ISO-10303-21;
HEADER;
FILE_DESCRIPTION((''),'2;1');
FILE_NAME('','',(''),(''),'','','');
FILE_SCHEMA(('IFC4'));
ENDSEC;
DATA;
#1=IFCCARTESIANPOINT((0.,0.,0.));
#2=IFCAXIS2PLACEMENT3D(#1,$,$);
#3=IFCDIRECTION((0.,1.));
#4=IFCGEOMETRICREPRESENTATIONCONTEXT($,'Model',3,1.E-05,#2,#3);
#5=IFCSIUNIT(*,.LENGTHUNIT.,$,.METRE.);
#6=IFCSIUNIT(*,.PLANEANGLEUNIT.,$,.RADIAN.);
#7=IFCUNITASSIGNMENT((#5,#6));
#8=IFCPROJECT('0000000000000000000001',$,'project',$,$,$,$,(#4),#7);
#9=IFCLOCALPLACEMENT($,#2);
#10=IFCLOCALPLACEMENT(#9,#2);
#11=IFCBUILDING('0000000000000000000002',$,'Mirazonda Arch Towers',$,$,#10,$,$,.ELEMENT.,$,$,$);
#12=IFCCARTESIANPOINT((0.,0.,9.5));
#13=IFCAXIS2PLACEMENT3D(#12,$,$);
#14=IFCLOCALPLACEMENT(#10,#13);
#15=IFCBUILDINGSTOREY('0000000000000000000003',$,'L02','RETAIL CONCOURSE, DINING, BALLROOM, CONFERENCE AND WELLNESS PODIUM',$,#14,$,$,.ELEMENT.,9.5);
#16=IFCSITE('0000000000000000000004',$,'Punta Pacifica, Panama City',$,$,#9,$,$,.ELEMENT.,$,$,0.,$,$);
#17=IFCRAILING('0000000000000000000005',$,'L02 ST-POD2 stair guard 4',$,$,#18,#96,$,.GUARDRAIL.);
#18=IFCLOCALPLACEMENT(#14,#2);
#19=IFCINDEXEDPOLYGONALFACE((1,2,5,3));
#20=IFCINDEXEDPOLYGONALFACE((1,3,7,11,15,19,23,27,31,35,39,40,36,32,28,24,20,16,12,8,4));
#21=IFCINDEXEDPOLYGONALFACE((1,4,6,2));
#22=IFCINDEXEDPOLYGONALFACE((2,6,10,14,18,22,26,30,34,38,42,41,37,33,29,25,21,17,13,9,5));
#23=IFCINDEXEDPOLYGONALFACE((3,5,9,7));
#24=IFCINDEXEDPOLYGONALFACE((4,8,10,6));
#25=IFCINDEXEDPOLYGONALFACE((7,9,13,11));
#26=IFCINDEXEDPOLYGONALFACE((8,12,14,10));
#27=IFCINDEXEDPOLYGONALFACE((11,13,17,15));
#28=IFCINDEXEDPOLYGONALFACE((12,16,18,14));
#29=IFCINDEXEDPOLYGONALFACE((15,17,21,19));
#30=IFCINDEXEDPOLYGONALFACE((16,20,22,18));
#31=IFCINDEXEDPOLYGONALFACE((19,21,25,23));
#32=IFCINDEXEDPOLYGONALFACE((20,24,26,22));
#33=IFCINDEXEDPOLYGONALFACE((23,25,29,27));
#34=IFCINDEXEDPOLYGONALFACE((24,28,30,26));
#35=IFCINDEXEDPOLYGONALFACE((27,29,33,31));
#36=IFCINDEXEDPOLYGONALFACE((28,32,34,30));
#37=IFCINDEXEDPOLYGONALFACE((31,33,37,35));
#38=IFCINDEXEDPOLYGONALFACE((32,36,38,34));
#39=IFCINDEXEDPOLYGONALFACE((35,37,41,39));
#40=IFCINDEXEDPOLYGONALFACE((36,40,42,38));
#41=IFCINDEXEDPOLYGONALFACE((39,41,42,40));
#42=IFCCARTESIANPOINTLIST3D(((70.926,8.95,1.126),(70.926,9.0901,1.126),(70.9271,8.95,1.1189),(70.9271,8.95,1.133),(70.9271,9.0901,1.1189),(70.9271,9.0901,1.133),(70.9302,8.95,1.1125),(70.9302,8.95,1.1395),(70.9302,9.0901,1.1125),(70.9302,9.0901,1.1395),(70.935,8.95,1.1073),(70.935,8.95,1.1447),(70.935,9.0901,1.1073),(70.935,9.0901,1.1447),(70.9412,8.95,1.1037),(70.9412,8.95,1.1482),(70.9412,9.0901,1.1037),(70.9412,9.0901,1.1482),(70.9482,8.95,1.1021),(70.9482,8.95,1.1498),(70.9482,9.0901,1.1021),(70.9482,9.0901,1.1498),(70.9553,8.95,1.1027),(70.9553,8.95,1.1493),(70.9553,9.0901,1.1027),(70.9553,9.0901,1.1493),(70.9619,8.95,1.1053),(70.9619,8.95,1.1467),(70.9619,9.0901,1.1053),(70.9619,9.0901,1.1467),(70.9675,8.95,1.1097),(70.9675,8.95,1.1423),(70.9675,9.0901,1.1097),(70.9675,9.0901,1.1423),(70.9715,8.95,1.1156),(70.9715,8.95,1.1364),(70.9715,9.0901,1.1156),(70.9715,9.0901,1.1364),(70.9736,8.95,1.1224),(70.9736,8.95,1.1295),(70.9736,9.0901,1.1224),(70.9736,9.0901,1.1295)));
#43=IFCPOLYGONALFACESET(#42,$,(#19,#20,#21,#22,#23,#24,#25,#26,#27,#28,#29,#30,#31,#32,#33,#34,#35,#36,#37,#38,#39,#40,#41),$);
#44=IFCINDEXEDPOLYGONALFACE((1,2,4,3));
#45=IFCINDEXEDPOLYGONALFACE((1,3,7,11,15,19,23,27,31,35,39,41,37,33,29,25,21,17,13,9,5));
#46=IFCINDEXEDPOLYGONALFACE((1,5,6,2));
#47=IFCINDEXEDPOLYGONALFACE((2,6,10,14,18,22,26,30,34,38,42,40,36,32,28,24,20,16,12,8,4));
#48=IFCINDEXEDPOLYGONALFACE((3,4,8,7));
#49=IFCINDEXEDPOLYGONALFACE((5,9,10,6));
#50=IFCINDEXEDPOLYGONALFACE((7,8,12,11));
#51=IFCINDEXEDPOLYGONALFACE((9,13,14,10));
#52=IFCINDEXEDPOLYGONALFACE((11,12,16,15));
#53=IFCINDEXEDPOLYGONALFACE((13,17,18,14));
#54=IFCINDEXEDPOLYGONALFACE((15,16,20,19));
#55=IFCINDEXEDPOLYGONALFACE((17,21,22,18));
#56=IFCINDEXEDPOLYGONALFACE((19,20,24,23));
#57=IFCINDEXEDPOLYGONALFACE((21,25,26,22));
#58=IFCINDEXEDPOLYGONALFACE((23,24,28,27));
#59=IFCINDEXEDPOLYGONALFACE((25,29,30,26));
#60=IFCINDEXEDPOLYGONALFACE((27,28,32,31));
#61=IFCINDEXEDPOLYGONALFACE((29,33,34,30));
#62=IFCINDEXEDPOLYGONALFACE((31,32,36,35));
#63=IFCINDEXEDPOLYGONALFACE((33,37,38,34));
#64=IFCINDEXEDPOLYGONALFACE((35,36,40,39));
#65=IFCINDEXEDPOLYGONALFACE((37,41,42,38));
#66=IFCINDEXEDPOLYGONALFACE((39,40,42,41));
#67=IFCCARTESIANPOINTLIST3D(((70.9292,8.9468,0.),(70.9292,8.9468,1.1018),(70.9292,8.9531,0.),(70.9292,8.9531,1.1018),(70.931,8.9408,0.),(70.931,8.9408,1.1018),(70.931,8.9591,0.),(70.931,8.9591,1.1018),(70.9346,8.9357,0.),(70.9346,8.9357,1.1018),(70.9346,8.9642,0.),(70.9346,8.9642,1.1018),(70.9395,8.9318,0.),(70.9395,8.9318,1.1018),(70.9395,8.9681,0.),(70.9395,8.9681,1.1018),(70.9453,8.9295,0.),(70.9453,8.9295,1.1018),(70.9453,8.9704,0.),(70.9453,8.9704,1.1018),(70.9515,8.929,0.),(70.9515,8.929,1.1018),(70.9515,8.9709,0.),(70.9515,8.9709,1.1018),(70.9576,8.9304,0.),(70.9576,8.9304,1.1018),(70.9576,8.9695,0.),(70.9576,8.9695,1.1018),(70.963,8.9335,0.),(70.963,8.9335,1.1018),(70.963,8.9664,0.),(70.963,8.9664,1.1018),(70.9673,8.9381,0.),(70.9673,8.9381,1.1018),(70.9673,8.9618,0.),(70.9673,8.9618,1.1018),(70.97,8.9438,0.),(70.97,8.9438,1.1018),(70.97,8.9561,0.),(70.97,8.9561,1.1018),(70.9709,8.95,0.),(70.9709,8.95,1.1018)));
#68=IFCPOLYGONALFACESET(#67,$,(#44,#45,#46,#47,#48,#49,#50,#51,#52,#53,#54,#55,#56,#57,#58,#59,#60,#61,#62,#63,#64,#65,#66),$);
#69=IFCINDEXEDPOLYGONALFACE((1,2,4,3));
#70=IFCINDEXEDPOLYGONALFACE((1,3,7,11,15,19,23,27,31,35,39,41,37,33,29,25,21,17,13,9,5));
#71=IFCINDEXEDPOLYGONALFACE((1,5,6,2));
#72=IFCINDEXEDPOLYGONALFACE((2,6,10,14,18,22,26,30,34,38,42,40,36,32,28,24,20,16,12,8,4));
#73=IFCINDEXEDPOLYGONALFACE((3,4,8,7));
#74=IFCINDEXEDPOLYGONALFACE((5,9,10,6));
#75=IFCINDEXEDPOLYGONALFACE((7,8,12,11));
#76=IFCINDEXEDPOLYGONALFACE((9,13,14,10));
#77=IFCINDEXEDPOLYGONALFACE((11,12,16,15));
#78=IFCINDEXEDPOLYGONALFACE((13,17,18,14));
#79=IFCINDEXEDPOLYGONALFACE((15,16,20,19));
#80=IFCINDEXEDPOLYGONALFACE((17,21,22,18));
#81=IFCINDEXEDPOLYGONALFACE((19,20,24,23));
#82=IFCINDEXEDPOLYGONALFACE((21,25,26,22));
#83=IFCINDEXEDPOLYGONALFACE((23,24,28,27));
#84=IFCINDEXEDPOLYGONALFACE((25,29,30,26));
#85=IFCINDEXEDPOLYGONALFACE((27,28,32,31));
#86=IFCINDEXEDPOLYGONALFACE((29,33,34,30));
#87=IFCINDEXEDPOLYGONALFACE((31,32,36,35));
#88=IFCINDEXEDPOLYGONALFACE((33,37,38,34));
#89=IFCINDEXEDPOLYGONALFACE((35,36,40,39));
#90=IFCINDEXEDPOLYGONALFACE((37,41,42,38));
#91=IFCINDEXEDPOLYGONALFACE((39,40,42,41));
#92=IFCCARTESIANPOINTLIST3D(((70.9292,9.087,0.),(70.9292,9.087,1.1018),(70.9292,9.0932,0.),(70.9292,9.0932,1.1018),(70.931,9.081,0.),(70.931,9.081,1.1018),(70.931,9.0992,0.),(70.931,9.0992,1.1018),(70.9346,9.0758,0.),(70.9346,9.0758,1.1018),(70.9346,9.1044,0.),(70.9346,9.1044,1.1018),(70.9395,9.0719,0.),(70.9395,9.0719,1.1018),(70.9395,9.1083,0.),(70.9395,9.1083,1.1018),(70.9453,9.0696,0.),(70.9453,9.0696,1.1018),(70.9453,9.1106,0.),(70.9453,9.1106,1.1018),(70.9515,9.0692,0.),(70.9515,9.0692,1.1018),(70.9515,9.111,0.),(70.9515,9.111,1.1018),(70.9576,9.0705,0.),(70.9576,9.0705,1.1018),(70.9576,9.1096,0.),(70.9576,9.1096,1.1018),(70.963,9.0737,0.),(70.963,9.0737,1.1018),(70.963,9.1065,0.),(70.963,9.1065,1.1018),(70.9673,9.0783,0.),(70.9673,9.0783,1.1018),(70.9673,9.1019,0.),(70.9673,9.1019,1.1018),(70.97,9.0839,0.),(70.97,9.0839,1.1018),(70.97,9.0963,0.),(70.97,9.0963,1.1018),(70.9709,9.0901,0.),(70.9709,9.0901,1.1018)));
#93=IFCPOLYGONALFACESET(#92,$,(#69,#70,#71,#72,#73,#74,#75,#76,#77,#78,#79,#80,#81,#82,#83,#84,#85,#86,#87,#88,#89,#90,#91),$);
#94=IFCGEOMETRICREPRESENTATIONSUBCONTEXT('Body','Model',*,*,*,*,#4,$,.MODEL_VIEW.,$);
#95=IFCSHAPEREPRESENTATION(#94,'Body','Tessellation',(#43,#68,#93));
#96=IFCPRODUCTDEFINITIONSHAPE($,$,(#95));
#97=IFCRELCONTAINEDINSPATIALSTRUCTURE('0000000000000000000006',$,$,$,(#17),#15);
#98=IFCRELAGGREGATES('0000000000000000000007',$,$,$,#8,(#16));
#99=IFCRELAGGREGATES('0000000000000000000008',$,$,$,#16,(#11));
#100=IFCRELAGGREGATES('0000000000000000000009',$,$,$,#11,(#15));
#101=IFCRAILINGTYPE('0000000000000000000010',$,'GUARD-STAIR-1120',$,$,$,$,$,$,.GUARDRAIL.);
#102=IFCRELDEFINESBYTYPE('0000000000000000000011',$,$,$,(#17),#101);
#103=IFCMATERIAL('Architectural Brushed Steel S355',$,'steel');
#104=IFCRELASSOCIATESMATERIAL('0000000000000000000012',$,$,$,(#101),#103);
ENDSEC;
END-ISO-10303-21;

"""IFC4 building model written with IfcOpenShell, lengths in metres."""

from ifc_helpers import new_model, si_unit, direction, frame, origin, origin_2d, place, context, subcontext, project, spatial, circle, extrude, material, type_object, element, save


model = new_model("IFC4")

# Units and contexts
model_context = context("Model", 3, precision=1e-05, world=origin(), true_north=direction((0.0, 1.0)))
body_context = subcontext(model_context, "Body", "Model", "MODEL_VIEW")
ifc_project = project(units=[si_unit("LENGTHUNIT", "METRE"), si_unit("PLANEANGLEUNIT", "RADIAN")], contexts=[model_context])

# Site, building, storey
site_placement = place(None, origin())
site = spatial("IfcSite", under=ifc_project, at=site_placement, Name="Punta Pacifica, Panama City", CompositionType="ELEMENT", RefElevation=0.0)
building_placement = place(site_placement, origin())
building = spatial("IfcBuilding", under=site, at=building_placement, Name="Mirazonda Arch Towers", CompositionType="ELEMENT")
storey_placement = place(building_placement, frame((0.0, 0.0, 9.5)))
storey = spatial("IfcBuildingStorey", under=building, at=storey_placement, Name="L02", Description="RETAIL CONCOURSE, DINING, BALLROOM, CONFERENCE AND WELLNESS PODIUM", CompositionType="ELEMENT", Elevation=9.5)

# Railing
ifc_material_1 = material(Name="Architectural Brushed Steel S355", Category="steel")
railing_type_1 = type_object("IfcRailingType", Name="GUARD-STAIR-1120", PredefinedType="GUARDRAIL", material=ifc_material_1)
railing_1_placement = place(storey_placement, frame((70.95, 8.95, 0.0)))
element("IfcRailing", 1, at=railing_1_placement, inside=storey, type_object=railing_type_1, Name="L02 ST-POD2 stair guard 4", PredefinedType="GUARDRAIL", context=body_context, shape_type="SweptSolid", body=[
    extrude(circle(Radius=0.0239, at=origin_2d()), frame((0.0, 0.0, 1.126), z_axis=(0.0, 1.0, 0.0), x_axis=(-1.0, 0.0, 0.0)), (0.0, 0.0, 1.0), 0.1401),
    extrude(circle(Radius=0.021, at=origin_2d()), origin(), (0.0, 0.0, 1.0), 1.1018),
    extrude(circle(Radius=0.021, at=origin_2d()), frame((0.0, 0.1401, 0.0)), (0.0, 0.0, 1.0), 1.1018),
])

save(model, "model.ifc")
